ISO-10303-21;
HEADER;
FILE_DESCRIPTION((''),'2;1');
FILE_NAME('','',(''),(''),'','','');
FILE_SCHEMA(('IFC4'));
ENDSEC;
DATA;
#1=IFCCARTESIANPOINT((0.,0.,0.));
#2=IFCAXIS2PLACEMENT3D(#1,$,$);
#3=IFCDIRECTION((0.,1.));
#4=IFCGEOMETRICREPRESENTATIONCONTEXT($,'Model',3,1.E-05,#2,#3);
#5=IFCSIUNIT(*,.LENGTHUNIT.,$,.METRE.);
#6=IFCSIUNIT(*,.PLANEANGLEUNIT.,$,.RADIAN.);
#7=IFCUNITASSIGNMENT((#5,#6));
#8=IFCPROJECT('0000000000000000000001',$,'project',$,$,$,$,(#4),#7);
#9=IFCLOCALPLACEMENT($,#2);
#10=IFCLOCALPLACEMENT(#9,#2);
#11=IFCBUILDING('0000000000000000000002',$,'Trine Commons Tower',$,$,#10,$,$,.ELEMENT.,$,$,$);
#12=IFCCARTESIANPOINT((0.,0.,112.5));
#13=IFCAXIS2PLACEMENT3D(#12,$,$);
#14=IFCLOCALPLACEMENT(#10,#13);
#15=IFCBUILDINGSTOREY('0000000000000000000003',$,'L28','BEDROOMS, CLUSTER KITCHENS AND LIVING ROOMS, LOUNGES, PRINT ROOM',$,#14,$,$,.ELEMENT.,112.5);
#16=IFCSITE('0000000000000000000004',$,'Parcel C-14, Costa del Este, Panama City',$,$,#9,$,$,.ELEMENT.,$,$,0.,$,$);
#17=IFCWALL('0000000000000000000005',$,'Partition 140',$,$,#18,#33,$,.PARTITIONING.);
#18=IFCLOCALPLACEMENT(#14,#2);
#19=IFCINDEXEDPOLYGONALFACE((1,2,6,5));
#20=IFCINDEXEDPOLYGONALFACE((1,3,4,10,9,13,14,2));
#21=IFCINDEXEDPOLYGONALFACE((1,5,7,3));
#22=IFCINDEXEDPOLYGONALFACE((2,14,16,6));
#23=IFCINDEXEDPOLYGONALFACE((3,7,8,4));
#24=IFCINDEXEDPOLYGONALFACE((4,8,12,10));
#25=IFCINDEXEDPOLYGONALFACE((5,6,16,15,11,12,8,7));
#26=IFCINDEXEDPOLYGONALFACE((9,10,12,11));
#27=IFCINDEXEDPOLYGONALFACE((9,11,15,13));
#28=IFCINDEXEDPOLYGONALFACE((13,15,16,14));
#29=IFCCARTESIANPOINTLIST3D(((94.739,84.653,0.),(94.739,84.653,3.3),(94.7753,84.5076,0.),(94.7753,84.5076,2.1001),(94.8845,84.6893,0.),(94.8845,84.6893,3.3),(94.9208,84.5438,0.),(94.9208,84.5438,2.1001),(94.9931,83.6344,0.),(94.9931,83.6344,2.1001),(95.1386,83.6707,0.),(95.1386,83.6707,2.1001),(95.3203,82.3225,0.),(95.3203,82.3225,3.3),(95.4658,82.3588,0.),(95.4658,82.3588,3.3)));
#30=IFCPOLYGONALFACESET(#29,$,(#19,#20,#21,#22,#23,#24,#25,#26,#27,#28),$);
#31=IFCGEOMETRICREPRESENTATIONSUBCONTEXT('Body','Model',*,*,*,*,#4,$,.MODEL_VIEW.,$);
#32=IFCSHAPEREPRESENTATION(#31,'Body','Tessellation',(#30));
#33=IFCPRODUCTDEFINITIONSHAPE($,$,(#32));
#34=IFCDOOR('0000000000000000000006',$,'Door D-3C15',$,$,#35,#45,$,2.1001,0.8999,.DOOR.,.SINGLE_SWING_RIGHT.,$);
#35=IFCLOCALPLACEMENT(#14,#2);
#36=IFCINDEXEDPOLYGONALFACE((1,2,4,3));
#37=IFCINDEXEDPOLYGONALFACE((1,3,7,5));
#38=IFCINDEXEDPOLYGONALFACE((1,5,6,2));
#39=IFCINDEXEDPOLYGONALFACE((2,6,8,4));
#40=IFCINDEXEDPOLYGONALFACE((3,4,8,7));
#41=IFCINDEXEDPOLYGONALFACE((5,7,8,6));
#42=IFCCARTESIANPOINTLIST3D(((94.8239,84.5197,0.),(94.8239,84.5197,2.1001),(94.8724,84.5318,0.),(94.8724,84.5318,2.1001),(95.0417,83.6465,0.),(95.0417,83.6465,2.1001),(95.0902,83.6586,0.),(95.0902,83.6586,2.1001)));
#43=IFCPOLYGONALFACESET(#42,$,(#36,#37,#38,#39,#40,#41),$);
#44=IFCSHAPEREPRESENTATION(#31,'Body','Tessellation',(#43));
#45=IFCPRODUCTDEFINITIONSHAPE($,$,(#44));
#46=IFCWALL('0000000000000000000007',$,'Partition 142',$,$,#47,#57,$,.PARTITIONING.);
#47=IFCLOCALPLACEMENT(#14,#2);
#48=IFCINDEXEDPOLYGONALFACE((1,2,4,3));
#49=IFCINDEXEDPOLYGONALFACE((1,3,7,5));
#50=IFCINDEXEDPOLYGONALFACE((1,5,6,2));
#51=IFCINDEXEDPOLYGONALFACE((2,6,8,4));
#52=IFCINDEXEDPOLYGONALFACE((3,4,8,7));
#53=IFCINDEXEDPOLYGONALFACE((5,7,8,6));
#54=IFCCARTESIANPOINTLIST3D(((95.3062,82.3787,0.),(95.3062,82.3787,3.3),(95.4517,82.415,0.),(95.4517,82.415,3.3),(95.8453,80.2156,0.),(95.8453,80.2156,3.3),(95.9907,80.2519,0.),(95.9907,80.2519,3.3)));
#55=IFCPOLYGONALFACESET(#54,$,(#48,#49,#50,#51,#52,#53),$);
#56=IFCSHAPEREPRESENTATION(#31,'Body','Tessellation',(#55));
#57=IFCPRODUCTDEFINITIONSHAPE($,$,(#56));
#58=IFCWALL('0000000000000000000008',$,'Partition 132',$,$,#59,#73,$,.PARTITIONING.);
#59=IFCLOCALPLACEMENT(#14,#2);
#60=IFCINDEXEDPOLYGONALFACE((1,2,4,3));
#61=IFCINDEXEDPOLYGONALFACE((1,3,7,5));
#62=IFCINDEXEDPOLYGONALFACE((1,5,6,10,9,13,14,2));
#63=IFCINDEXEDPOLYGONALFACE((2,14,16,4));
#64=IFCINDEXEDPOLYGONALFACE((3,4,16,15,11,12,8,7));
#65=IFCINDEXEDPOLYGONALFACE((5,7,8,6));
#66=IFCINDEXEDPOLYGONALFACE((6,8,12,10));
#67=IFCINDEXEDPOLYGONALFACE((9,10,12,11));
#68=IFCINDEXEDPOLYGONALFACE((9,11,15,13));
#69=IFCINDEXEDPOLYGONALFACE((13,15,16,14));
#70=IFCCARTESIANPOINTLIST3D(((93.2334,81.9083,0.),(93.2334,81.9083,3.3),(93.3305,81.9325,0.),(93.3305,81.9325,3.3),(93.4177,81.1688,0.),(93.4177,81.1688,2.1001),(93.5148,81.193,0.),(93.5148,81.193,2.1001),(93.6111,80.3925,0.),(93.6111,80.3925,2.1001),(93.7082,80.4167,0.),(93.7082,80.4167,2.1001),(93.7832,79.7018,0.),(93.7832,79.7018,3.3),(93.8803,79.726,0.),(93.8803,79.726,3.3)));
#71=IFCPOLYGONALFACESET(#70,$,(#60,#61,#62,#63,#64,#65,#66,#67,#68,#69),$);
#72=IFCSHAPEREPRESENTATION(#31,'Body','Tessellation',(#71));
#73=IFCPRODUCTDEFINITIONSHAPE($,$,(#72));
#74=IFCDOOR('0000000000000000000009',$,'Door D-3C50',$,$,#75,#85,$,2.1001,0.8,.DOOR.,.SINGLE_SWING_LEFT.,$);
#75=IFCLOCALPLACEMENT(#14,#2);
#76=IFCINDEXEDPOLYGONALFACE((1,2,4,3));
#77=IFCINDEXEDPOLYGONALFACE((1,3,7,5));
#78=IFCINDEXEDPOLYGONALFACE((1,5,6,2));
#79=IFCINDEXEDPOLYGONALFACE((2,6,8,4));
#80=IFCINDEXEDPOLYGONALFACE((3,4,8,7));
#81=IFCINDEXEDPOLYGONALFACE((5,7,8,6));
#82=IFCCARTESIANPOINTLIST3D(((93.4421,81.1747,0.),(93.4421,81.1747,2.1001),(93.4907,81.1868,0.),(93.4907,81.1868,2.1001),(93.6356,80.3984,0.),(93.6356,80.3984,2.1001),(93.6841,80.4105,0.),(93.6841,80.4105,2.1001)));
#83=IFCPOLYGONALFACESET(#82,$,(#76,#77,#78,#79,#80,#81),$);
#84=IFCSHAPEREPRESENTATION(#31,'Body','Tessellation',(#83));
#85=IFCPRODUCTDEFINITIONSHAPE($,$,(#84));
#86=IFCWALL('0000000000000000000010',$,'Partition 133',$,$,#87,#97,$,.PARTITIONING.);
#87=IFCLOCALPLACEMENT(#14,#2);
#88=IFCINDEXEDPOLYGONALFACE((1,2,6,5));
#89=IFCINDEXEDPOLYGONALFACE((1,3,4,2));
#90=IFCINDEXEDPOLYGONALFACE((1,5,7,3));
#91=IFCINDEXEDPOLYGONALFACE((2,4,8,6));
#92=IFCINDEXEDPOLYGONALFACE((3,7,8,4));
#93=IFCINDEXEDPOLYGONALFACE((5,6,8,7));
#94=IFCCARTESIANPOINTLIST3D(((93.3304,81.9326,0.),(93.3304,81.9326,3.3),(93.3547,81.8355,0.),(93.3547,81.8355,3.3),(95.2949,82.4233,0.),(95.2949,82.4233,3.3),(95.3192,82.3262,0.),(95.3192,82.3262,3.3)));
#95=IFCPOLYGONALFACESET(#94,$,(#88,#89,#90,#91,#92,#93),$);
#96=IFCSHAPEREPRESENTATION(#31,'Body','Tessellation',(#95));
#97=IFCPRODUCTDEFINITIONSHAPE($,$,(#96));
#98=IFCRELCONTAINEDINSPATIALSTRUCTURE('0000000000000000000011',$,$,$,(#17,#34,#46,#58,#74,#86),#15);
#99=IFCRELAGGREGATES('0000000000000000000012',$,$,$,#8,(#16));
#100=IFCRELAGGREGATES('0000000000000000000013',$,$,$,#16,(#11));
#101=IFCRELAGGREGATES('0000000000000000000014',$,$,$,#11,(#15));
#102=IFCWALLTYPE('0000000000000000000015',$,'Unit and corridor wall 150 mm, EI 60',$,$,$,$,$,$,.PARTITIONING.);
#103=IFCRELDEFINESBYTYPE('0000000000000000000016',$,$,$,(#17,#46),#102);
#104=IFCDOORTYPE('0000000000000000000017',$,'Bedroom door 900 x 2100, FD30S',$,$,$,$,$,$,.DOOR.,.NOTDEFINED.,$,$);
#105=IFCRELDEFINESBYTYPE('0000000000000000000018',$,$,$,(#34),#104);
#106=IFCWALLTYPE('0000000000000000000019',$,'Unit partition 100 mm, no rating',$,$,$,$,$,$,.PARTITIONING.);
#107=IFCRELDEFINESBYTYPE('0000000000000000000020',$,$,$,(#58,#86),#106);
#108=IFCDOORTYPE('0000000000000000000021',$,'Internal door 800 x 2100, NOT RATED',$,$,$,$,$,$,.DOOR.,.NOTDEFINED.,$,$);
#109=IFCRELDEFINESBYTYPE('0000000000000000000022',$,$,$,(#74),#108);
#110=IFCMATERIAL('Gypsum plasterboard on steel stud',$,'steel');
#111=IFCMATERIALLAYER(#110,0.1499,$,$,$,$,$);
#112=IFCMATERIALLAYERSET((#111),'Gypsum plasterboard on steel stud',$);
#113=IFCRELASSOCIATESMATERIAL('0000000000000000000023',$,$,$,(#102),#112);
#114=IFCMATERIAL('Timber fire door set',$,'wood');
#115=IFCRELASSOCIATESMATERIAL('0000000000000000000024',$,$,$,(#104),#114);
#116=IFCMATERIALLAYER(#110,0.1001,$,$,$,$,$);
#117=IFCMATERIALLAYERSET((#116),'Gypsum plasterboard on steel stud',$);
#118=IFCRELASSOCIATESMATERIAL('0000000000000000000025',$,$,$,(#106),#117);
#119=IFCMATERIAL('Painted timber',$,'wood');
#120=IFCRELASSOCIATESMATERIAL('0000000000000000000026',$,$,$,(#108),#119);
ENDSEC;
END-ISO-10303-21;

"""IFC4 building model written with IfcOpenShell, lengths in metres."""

from ifc_helpers import new_model, si_unit, direction, frame, frame_2d, origin, place, context, subcontext, project, spatial, rectangle, extrude, material, layer, layer_set, type_object, element, fill, save


model = new_model("IFC4")

# Units and contexts
model_context = context("Model", 3, precision=1e-05, world=origin(), true_north=direction((0.0, 1.0)))
body_context = subcontext(model_context, "Body", "Model", "MODEL_VIEW")
ifc_project = project(units=[si_unit("LENGTHUNIT", "METRE"), si_unit("PLANEANGLEUNIT", "RADIAN")], contexts=[model_context])

# Site, building, storey
site_placement = place(None, origin())
site = spatial("IfcSite", under=ifc_project, at=site_placement, Name="Parcel C-14, Costa del Este, Panama City", CompositionType="ELEMENT", RefElevation=0.0)
building_placement = place(site_placement, origin())
building = spatial("IfcBuilding", under=site, at=building_placement, Name="Trine Commons Tower", CompositionType="ELEMENT")
storey_placement = place(building_placement, frame((0.0, 0.0, 112.5)))
storey = spatial("IfcBuildingStorey", under=building, at=storey_placement, Name="L28", Description="BEDROOMS, CLUSTER KITCHENS AND LIVING ROOMS, LOUNGES, PRINT ROOM", CompositionType="ELEMENT", Elevation=112.5)

# Wall, opening, door
ifc_material_1 = material(Name="Gypsum plasterboard on steel stud", Category="steel")
ifc_layer_1 = layer(ifc_material_1, 0.1499)
ifc_layer_set_1 = layer_set([ifc_layer_1], Name="Gypsum plasterboard on steel stud")
wall_type_1 = type_object("IfcWallType", Name="Unit and corridor wall 150 mm, EI 60", PredefinedType="PARTITIONING", material=ifc_layer_set_1)
wall_1_placement = place(storey_placement, frame((94.8118, 84.6711, 0.0), z_axis=(0.0, 0.0, 1.0), x_axis=(0.242009, -0.970274, 0.0)))
wall_1 = element("IfcWall", 1, at=wall_1_placement, inside=storey, type_object=wall_type_1, Name="Partition 140", PredefinedType="PARTITIONING", context=body_context, shape_type="SweptSolid", body=[
    extrude(rectangle(XDim=2.4019, YDim=0.1499, at=frame_2d((1.2009, 0.0))), origin(), (0.0, 0.0, 1.0), 3.3),
])
opening_1_placement = place(wall_1_placement, frame((0.1499, 0.0, 0.0)))
opening_1 = element("IfcOpeningElement", 2, at=opening_1_placement, cuts=wall_1, PredefinedType="OPENING", context=body_context, shape_type="SweptSolid", body=[
    extrude(rectangle(XDim=0.8999, YDim=2.1001, at=frame_2d((0.45, 1.05))), frame((0.0, 0.085, 0.0), z_axis=(0.0, -1.0, 0.0), x_axis=(1.0, 0.0, 0.0)), (0.0, 0.0, 1.0), 0.1699),
])
ifc_material_2 = material(Name="Timber fire door set", Category="wood")
door_type_1 = type_object("IfcDoorType", Name="Bedroom door 900 x 2100, FD30S", OperationType="NOTDEFINED", PredefinedType="DOOR", material=ifc_material_2)
door_1_placement = place(opening_1_placement, frame((0.8999, 0.0, 0.0), z_axis=(0.0, 0.0, 1.0), x_axis=(-1.0, 0.0, 0.0)))
door_1 = element("IfcDoor", 3, at=door_1_placement, inside=storey, type_object=door_type_1, Name="Door D-3C15", OperationType="SINGLE_SWING_RIGHT", OverallHeight=2.1001, OverallWidth=0.8999, PredefinedType="DOOR", context=body_context, shape_type="SweptSolid", body=[
    extrude(rectangle(XDim=0.8999, YDim=2.1001, at=frame_2d((0.45, 1.05))), frame((0.0, 0.0249, 0.0), z_axis=(0.0, -1.0, 0.0), x_axis=(1.0, 0.0, 0.0)), (0.0, 0.0, 1.0), 0.05),
])
fill(opening_1, door_1)

# Wall
wall_2_placement = place(storey_placement, frame((95.3789, 82.397, 0.0), z_axis=(0.0, 0.0, 1.0), x_axis=(0.241814, -0.970323, 0.0)))
element("IfcWall", 4, at=wall_2_placement, inside=storey, type_object=wall_type_1, Name="Partition 142", PredefinedType="PARTITIONING", context=body_context, shape_type="SweptSolid", body=[
    extrude(rectangle(XDim=2.2292, YDim=0.1499, at=frame_2d((1.1147, 0.0))), origin(), (0.0, 0.0, 1.0), 3.3),
])

# Wall, opening, door
ifc_layer_2 = layer(ifc_material_1, 0.1001)
ifc_layer_set_2 = layer_set([ifc_layer_2], Name="Gypsum plasterboard on steel stud")
wall_type_2 = type_object("IfcWallType", Name="Unit partition 100 mm, no rating", PredefinedType="PARTITIONING", material=ifc_layer_set_2)
wall_3_placement = place(storey_placement, frame((93.282, 81.9204, 0.0), z_axis=(0.0, 0.0, 1.0), x_axis=(0.241778, -0.970332, 0.0)))
wall_3 = element("IfcWall", 5, at=wall_3_placement, inside=storey, type_object=wall_type_2, Name="Partition 132", PredefinedType="PARTITIONING", context=body_context, shape_type="SweptSolid", body=[
    extrude(rectangle(XDim=2.2739, YDim=0.1001, at=frame_2d((1.137, 0.0))), origin(), (0.0, 0.0, 1.0), 3.3),
])
opening_2_placement = place(wall_3_placement, frame((0.7622, 0.0, 0.0)))
opening_2 = element("IfcOpeningElement", 6, at=opening_2_placement, cuts=wall_3, PredefinedType="OPENING", context=body_context, shape_type="SweptSolid", body=[
    extrude(rectangle(XDim=0.8, YDim=2.1001, at=frame_2d((0.3999, 1.05))), frame((0.0, 0.0601, 0.0), z_axis=(0.0, -1.0, 0.0), x_axis=(1.0, 0.0, 0.0)), (0.0, 0.0, 1.0), 0.1201),
])
ifc_material_3 = material(Name="Painted timber", Category="wood")
door_type_2 = type_object("IfcDoorType", Name="Internal door 800 x 2100, NOT RATED", OperationType="NOTDEFINED", PredefinedType="DOOR", material=ifc_material_3)
door_2_placement = place(opening_2_placement, frame((0.8, 0.0, 0.0), z_axis=(0.0, 0.0, 1.0), x_axis=(-1.0, 0.0, 0.0)))
door_2 = element("IfcDoor", 7, at=door_2_placement, inside=storey, type_object=door_type_2, Name="Door D-3C50", OperationType="SINGLE_SWING_LEFT", OverallHeight=2.1001, OverallWidth=0.8, PredefinedType="DOOR", context=body_context, shape_type="SweptSolid", body=[
    extrude(rectangle(XDim=0.8, YDim=2.1001, at=frame_2d((0.3999, 1.05))), frame((0.0, 0.0249, 0.0), z_axis=(0.0, -1.0, 0.0), x_axis=(1.0, 0.0, 0.0)), (0.0, 0.0, 1.0), 0.05),
])
fill(opening_2, door_2)

# Wall
wall_4_placement = place(storey_placement, frame((93.3425, 81.884, 0.0), z_axis=(0.0, 0.0, 1.0), x_axis=(0.970192, 0.242337, 0.0)))
element("IfcWall", 8, at=wall_4_placement, inside=storey, type_object=wall_type_2, Name="Partition 133", PredefinedType="PARTITIONING", context=body_context, shape_type="SweptSolid", body=[
    extrude(rectangle(XDim=2.0249, YDim=0.1001, at=frame_2d((1.0125, 0.0))), origin(), (0.0, 0.0, 1.0), 3.3),
])

save(model, "model.ifc")
